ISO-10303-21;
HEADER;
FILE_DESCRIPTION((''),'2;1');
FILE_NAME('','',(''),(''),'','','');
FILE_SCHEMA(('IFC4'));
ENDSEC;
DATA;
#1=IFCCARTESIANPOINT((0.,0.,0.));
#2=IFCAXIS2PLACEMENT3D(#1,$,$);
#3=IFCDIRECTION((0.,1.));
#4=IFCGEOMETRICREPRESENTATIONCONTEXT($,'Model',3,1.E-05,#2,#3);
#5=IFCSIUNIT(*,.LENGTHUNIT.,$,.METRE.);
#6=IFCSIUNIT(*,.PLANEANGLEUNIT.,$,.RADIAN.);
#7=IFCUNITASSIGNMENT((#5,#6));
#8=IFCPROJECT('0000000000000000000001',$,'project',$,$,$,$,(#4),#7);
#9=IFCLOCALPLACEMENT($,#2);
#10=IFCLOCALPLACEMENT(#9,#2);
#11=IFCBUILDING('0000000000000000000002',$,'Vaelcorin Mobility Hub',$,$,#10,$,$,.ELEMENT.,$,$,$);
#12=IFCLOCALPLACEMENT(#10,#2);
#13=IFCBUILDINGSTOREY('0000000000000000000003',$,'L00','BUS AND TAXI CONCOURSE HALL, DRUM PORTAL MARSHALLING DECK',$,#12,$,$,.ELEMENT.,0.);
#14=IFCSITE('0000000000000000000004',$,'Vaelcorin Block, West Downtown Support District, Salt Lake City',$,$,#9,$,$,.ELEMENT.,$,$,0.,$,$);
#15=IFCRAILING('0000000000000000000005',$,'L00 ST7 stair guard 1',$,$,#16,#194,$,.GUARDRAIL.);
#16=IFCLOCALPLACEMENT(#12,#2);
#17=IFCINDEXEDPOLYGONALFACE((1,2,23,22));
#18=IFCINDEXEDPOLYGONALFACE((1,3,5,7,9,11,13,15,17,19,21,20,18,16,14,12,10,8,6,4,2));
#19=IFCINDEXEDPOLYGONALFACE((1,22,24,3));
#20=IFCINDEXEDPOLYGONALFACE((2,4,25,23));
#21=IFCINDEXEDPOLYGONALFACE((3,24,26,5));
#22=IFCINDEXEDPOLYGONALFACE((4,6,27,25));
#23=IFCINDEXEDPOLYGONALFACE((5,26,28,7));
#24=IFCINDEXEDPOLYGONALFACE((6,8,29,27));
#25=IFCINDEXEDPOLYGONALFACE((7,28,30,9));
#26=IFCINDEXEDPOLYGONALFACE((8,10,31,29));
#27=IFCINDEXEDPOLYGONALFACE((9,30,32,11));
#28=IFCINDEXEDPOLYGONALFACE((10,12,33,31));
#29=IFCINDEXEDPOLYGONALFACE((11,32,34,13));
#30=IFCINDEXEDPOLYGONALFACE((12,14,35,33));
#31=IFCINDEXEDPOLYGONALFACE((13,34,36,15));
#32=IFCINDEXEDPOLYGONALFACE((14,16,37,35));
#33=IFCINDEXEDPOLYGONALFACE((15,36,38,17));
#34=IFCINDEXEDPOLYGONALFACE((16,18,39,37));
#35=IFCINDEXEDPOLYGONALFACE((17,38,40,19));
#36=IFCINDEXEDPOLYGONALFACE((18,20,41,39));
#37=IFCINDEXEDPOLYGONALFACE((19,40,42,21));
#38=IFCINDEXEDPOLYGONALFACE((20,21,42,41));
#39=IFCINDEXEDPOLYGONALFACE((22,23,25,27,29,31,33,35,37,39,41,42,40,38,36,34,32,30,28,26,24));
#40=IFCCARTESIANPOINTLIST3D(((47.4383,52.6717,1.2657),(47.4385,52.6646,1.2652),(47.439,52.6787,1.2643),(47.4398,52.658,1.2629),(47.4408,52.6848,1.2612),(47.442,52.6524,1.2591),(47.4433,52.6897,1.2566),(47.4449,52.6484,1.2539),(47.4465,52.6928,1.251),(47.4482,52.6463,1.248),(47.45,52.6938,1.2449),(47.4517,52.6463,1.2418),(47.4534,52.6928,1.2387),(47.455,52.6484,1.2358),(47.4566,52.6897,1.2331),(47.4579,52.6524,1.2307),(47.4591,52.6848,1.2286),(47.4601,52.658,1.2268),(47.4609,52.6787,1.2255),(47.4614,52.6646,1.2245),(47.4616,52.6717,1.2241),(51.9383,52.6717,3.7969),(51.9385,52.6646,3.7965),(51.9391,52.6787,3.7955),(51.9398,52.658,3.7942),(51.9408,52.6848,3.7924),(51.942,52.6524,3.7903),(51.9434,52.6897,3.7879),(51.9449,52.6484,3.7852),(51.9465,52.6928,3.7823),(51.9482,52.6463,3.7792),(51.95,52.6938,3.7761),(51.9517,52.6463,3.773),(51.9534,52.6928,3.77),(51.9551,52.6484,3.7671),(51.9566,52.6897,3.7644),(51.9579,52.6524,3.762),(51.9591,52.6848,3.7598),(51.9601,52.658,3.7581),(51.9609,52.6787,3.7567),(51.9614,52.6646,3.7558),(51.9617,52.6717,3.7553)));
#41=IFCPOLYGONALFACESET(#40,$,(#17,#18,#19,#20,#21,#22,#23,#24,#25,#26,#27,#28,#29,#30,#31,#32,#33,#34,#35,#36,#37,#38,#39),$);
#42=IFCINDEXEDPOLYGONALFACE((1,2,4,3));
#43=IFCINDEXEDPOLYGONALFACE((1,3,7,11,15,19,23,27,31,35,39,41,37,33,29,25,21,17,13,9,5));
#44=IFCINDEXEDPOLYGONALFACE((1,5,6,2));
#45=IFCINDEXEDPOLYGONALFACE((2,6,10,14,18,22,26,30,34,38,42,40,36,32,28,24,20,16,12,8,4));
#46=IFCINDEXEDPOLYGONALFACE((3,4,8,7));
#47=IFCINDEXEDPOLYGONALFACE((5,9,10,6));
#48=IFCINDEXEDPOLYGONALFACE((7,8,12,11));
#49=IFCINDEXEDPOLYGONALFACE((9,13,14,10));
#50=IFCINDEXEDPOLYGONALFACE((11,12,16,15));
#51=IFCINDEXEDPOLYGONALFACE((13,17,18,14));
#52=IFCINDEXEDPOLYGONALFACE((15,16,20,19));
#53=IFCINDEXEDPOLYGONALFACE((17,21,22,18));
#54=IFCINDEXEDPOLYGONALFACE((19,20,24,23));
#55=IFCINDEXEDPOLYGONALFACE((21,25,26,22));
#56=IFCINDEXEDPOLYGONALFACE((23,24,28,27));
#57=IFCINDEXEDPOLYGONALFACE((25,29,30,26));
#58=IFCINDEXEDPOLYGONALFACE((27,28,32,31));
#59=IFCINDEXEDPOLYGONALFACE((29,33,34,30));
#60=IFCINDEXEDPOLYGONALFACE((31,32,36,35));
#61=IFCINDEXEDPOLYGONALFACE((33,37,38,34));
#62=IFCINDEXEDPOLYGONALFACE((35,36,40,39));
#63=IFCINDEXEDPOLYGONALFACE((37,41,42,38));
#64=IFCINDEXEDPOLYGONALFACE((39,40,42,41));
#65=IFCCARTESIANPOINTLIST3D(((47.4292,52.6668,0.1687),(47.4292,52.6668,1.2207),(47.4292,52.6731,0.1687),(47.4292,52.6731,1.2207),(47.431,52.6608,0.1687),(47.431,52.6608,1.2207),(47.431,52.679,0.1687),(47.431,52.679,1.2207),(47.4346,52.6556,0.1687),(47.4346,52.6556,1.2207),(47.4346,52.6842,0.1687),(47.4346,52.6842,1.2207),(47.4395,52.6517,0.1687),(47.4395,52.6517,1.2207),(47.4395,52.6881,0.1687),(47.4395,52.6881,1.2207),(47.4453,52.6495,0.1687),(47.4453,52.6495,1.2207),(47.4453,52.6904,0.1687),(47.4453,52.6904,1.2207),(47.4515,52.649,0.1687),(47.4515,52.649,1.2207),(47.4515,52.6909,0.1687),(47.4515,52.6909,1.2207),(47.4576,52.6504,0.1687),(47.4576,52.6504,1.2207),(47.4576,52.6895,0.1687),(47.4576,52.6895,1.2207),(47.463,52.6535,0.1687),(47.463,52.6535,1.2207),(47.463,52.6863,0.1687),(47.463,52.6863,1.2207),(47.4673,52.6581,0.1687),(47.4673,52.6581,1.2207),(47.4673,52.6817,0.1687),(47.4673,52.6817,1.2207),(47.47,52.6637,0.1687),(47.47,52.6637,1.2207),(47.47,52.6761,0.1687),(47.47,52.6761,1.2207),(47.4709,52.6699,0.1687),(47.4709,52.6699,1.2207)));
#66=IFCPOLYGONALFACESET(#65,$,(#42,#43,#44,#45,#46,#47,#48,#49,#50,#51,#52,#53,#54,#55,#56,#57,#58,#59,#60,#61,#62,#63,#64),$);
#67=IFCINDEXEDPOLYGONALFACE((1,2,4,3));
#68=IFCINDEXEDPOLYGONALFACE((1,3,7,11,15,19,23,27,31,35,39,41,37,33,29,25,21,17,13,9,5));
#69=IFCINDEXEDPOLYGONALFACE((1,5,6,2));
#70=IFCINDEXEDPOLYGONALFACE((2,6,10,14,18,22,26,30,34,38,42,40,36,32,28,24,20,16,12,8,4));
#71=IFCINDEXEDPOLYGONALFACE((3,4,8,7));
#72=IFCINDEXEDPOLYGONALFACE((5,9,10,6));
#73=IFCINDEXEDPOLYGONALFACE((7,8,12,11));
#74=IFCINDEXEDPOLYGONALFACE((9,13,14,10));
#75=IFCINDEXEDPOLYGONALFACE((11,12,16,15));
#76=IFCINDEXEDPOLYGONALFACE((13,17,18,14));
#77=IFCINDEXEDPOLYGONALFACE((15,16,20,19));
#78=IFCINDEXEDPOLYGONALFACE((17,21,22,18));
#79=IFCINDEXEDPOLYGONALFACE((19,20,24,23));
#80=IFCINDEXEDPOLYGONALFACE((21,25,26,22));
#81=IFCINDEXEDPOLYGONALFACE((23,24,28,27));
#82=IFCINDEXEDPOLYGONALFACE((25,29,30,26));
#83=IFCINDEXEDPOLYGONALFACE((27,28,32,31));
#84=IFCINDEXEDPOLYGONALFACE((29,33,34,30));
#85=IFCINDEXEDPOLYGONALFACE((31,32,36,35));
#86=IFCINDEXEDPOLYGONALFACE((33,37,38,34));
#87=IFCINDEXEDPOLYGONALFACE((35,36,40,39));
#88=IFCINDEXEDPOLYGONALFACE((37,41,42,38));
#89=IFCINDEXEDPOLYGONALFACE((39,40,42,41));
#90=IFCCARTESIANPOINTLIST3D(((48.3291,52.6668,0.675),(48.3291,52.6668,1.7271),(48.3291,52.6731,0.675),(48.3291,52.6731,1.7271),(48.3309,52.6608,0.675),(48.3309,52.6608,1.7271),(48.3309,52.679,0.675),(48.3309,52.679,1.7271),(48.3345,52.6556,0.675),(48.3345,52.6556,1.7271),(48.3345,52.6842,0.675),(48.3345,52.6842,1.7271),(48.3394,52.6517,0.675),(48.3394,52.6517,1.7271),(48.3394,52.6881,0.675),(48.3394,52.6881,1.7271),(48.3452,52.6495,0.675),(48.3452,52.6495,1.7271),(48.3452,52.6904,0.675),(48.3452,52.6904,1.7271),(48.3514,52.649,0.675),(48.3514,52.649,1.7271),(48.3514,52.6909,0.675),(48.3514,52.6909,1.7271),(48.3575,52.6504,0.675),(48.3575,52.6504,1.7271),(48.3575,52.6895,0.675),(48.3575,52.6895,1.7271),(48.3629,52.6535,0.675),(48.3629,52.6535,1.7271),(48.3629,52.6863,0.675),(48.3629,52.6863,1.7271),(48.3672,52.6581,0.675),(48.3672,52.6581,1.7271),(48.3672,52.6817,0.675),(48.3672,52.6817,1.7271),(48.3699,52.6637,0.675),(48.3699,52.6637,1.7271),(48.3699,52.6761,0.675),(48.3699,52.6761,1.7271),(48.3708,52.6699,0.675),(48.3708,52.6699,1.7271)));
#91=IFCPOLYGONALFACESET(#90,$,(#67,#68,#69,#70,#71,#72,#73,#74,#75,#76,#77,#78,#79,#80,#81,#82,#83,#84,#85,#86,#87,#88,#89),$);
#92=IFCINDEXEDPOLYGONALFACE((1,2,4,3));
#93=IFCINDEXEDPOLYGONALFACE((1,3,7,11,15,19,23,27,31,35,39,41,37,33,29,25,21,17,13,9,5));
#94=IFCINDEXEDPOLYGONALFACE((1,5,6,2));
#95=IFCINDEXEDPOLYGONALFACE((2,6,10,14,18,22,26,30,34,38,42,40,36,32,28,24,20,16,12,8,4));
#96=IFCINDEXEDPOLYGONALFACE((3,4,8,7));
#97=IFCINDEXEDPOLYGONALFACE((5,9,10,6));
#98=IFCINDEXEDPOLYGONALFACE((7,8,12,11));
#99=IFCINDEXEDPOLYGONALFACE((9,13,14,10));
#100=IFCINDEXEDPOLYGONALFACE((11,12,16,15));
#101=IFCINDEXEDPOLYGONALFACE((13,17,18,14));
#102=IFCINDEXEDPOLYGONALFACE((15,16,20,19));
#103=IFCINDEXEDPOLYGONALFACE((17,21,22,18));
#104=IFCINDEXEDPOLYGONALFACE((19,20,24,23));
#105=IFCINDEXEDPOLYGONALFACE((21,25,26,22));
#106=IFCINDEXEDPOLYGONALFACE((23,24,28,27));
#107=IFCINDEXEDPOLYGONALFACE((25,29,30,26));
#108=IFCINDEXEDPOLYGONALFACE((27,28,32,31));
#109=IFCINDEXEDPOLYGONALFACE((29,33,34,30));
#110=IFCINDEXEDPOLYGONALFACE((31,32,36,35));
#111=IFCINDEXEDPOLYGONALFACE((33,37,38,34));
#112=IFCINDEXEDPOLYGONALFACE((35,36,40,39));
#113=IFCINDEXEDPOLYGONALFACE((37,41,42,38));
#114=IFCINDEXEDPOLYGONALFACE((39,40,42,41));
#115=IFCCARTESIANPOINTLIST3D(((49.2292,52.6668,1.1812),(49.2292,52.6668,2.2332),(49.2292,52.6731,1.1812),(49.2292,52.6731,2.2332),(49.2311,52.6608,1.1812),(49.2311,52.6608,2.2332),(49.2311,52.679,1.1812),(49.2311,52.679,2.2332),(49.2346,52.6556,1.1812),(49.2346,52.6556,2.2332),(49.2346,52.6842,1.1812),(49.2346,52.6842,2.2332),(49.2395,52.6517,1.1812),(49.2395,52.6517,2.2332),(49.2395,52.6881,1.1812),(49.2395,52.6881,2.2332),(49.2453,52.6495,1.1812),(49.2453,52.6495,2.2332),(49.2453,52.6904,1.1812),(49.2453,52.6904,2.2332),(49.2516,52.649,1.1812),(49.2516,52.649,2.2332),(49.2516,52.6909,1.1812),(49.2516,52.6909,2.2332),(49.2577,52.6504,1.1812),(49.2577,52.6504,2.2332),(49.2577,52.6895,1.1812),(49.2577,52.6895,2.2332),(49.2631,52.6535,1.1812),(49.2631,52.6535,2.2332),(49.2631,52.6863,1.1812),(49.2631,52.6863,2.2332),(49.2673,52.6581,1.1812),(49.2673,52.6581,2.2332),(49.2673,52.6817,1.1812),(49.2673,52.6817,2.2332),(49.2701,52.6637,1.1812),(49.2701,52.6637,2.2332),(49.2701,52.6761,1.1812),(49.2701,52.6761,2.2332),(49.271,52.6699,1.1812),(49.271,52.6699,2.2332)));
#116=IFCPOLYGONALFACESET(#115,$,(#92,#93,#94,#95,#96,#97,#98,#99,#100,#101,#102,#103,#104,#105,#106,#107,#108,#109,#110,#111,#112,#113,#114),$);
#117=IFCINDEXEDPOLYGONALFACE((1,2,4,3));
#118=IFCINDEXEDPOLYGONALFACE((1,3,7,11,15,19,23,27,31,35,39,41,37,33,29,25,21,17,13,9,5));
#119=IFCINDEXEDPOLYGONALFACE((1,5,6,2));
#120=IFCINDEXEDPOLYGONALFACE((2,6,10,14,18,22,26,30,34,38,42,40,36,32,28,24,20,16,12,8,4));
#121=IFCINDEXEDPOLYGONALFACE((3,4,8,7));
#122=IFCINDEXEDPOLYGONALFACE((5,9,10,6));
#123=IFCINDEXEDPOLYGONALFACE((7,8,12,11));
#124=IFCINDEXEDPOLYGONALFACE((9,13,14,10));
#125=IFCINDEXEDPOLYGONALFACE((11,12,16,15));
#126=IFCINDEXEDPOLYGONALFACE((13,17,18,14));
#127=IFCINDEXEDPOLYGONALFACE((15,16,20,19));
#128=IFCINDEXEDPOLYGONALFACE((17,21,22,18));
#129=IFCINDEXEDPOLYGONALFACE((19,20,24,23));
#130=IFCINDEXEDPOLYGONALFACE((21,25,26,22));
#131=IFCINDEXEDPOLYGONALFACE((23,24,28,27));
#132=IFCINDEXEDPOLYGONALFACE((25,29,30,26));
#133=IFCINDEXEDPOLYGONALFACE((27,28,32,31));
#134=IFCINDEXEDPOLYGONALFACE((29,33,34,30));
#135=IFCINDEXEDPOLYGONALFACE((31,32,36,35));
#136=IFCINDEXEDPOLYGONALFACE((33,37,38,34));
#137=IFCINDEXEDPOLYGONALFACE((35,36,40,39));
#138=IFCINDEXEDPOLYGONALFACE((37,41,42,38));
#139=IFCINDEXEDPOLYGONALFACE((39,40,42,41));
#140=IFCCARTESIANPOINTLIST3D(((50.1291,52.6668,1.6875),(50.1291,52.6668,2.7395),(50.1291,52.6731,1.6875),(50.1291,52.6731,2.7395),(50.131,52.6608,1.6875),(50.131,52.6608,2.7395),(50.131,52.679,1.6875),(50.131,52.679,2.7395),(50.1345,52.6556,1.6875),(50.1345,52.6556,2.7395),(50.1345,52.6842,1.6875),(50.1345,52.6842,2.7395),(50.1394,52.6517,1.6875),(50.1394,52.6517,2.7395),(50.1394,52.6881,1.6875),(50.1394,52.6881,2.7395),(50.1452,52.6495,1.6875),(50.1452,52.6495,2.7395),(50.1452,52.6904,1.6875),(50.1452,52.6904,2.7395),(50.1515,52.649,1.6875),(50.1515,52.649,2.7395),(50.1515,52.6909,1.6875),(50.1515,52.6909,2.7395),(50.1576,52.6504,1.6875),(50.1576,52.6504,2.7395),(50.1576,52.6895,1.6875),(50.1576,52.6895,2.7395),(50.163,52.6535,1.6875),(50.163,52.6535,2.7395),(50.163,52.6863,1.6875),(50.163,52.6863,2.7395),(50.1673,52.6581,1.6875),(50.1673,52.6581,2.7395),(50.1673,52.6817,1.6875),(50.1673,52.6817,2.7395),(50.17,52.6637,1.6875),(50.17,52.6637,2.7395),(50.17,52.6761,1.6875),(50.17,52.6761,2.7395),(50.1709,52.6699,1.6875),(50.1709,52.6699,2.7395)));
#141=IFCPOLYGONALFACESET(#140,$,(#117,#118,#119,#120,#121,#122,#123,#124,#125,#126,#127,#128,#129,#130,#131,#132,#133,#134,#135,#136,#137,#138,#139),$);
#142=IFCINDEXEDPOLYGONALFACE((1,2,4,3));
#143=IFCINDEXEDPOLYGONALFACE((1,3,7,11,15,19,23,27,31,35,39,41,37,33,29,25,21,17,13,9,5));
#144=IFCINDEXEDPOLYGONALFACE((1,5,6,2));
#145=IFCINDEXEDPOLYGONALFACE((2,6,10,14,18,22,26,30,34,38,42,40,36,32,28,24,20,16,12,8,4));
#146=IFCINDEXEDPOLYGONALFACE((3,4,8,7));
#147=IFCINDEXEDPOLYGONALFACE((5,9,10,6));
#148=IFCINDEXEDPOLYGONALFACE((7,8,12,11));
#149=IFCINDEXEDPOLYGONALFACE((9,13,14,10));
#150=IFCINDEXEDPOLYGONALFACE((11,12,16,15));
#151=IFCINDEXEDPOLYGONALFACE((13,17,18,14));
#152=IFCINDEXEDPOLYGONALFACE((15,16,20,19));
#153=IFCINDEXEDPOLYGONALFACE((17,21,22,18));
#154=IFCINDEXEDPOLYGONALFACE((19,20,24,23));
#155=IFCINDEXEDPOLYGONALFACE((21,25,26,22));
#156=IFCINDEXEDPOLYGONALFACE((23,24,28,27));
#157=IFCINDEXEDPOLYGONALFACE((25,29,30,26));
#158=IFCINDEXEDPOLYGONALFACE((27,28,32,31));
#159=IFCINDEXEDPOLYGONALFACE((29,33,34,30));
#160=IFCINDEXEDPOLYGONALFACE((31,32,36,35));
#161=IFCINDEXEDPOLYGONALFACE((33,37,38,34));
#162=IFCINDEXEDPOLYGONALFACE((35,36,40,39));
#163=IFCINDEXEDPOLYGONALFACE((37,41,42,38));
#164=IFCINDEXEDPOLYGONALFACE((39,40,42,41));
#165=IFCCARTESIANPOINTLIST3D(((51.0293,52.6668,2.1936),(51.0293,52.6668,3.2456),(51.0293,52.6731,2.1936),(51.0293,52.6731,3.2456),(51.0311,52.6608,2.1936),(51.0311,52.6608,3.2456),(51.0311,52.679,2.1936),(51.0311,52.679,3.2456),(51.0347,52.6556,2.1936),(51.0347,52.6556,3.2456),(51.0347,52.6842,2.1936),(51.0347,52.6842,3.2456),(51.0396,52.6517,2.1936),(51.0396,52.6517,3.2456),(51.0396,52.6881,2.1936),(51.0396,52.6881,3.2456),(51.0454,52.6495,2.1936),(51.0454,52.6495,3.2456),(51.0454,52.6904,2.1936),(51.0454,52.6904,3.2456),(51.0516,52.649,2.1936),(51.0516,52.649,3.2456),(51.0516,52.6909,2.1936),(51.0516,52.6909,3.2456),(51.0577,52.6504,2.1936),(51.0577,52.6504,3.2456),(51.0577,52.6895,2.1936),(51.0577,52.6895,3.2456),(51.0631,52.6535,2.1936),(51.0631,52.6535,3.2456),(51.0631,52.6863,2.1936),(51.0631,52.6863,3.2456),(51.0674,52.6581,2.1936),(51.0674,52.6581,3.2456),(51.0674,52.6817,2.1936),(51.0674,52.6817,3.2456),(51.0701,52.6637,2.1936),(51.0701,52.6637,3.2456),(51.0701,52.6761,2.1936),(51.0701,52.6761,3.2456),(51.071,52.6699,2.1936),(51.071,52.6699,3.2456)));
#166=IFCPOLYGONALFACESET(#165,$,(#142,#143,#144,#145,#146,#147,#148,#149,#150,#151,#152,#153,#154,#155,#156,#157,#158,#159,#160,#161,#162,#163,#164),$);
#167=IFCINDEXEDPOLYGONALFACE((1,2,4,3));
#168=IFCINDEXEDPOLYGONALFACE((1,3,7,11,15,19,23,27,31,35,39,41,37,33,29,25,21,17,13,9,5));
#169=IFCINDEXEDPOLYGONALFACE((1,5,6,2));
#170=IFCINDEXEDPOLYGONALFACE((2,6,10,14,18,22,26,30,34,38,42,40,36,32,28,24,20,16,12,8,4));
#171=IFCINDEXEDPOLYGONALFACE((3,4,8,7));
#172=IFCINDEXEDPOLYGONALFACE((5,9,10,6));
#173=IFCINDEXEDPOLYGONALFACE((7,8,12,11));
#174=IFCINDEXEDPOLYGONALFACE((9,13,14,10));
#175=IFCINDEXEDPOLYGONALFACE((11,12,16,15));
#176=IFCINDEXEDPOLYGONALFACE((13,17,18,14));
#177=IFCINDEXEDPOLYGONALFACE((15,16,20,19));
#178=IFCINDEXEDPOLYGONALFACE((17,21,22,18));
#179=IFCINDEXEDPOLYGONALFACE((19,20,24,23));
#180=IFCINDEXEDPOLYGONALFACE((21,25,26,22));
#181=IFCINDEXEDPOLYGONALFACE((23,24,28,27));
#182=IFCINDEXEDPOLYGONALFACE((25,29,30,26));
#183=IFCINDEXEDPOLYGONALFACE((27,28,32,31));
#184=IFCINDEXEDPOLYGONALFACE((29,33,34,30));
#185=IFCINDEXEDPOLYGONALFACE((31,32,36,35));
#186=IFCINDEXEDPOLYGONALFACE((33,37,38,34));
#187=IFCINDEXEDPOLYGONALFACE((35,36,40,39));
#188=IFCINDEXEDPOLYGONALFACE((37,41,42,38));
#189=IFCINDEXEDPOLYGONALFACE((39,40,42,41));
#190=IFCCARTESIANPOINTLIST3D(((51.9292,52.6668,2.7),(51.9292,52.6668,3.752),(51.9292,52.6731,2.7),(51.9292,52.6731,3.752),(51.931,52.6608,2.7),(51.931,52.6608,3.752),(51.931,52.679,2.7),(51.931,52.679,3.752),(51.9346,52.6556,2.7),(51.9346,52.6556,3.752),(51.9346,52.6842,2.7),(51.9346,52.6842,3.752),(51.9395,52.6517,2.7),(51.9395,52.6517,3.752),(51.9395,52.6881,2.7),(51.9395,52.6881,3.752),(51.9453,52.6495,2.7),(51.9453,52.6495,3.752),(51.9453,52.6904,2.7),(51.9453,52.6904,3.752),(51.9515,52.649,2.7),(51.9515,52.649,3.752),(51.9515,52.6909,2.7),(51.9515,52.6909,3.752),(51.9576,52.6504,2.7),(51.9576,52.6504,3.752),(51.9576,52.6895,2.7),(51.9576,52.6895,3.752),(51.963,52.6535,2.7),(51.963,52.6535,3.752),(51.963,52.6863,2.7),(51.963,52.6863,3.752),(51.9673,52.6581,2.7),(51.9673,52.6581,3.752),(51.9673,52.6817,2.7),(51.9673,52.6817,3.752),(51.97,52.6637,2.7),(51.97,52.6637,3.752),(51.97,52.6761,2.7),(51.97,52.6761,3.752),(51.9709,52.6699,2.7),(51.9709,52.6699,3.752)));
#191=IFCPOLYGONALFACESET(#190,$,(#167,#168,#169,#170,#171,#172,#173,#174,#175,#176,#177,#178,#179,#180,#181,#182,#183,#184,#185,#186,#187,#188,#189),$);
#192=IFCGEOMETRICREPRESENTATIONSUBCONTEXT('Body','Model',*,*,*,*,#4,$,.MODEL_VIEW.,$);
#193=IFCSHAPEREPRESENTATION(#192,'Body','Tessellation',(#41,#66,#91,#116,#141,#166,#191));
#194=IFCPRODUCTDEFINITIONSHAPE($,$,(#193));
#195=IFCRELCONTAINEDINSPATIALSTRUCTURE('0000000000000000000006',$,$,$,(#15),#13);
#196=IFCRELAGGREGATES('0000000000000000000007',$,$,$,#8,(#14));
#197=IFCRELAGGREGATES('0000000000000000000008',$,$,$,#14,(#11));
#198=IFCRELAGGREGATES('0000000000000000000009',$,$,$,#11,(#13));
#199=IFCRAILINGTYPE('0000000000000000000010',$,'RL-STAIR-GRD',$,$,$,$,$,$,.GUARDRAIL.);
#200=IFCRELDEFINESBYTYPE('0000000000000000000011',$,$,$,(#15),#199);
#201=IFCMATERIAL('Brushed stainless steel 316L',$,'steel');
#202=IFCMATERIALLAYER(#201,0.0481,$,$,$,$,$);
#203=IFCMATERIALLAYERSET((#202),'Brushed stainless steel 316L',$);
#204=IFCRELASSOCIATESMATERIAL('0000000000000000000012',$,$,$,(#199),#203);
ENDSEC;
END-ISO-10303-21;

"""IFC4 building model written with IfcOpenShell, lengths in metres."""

from ifc_helpers import new_model, si_unit, direction, frame, origin, origin_2d, place, context, subcontext, project, spatial, circle, extrude, material, layer, layer_set, type_object, element, save


model = new_model("IFC4")

# Units and contexts
model_context = context("Model", 3, precision=1e-05, world=origin(), true_north=direction((0.0, 1.0)))
body_context = subcontext(model_context, "Body", "Model", "MODEL_VIEW")
ifc_project = project(units=[si_unit("LENGTHUNIT", "METRE"), si_unit("PLANEANGLEUNIT", "RADIAN")], contexts=[model_context])

# Site, building, storey
site_placement = place(None, origin())
site = spatial("IfcSite", under=ifc_project, at=site_placement, Name="Vaelcorin Block, West Downtown Support District, Salt Lake City", CompositionType="ELEMENT", RefElevation=0.0)
building_placement = place(site_placement, origin())
building = spatial("IfcBuilding", under=site, at=building_placement, Name="Vaelcorin Mobility Hub", CompositionType="ELEMENT")
storey_placement = place(building_placement, origin())
storey = spatial("IfcBuildingStorey", under=building, at=storey_placement, Name="L00", Description="BUS AND TAXI CONCOURSE HALL, DRUM PORTAL MARSHALLING DECK", CompositionType="ELEMENT", Elevation=0.0)

# Railing
ifc_material_1 = material(Name="Brushed stainless steel 316L", Category="steel")
ifc_layer_1 = layer(ifc_material_1, 0.0481)
ifc_layer_set_1 = layer_set([ifc_layer_1], Name="Brushed stainless steel 316L")
railing_type_1 = type_object("IfcRailingType", Name="RL-STAIR-GRD", PredefinedType="GUARDRAIL", material=ifc_layer_set_1)
railing_1_placement = place(storey_placement, frame((47.45, 52.6699, 0.1687)))
element("IfcRailing", 1, at=railing_1_placement, inside=storey, type_object=railing_type_1, Name="L00 ST7 stair guard 1", PredefinedType="GUARDRAIL", context=body_context, shape_type="SweptSolid", body=[
    extrude(circle(Radius=0.0239, at=origin_2d()), frame((0.0, 0.0, 1.0762), z_axis=(0.871576, 0.0, 0.490261), x_axis=(0.0, 1.0, 0.0)), (0.0, 0.0, 1.0), 5.1631),
    extrude(circle(Radius=0.021, at=origin_2d()), origin(), (0.0, 0.0, 1.0), 1.052),
    extrude(circle(Radius=0.021, at=origin_2d()), frame((0.8999, 0.0, 0.5063)), (0.0, 0.0, 1.0), 1.052),
    extrude(circle(Radius=0.021, at=origin_2d()), frame((1.8, 0.0, 1.0125)), (0.0, 0.0, 1.0), 1.052),
    extrude(circle(Radius=0.021, at=origin_2d()), frame((2.7, 0.0, 1.5188)), (0.0, 0.0, 1.0), 1.052),
    extrude(circle(Radius=0.021, at=origin_2d()), frame((3.6001, 0.0, 2.0249)), (0.0, 0.0, 1.0), 1.052),
    extrude(circle(Radius=0.021, at=origin_2d()), frame((4.5, 0.0, 2.5312)), (0.0, 0.0, 1.0), 1.052),
])

save(model, "model.ifc")
